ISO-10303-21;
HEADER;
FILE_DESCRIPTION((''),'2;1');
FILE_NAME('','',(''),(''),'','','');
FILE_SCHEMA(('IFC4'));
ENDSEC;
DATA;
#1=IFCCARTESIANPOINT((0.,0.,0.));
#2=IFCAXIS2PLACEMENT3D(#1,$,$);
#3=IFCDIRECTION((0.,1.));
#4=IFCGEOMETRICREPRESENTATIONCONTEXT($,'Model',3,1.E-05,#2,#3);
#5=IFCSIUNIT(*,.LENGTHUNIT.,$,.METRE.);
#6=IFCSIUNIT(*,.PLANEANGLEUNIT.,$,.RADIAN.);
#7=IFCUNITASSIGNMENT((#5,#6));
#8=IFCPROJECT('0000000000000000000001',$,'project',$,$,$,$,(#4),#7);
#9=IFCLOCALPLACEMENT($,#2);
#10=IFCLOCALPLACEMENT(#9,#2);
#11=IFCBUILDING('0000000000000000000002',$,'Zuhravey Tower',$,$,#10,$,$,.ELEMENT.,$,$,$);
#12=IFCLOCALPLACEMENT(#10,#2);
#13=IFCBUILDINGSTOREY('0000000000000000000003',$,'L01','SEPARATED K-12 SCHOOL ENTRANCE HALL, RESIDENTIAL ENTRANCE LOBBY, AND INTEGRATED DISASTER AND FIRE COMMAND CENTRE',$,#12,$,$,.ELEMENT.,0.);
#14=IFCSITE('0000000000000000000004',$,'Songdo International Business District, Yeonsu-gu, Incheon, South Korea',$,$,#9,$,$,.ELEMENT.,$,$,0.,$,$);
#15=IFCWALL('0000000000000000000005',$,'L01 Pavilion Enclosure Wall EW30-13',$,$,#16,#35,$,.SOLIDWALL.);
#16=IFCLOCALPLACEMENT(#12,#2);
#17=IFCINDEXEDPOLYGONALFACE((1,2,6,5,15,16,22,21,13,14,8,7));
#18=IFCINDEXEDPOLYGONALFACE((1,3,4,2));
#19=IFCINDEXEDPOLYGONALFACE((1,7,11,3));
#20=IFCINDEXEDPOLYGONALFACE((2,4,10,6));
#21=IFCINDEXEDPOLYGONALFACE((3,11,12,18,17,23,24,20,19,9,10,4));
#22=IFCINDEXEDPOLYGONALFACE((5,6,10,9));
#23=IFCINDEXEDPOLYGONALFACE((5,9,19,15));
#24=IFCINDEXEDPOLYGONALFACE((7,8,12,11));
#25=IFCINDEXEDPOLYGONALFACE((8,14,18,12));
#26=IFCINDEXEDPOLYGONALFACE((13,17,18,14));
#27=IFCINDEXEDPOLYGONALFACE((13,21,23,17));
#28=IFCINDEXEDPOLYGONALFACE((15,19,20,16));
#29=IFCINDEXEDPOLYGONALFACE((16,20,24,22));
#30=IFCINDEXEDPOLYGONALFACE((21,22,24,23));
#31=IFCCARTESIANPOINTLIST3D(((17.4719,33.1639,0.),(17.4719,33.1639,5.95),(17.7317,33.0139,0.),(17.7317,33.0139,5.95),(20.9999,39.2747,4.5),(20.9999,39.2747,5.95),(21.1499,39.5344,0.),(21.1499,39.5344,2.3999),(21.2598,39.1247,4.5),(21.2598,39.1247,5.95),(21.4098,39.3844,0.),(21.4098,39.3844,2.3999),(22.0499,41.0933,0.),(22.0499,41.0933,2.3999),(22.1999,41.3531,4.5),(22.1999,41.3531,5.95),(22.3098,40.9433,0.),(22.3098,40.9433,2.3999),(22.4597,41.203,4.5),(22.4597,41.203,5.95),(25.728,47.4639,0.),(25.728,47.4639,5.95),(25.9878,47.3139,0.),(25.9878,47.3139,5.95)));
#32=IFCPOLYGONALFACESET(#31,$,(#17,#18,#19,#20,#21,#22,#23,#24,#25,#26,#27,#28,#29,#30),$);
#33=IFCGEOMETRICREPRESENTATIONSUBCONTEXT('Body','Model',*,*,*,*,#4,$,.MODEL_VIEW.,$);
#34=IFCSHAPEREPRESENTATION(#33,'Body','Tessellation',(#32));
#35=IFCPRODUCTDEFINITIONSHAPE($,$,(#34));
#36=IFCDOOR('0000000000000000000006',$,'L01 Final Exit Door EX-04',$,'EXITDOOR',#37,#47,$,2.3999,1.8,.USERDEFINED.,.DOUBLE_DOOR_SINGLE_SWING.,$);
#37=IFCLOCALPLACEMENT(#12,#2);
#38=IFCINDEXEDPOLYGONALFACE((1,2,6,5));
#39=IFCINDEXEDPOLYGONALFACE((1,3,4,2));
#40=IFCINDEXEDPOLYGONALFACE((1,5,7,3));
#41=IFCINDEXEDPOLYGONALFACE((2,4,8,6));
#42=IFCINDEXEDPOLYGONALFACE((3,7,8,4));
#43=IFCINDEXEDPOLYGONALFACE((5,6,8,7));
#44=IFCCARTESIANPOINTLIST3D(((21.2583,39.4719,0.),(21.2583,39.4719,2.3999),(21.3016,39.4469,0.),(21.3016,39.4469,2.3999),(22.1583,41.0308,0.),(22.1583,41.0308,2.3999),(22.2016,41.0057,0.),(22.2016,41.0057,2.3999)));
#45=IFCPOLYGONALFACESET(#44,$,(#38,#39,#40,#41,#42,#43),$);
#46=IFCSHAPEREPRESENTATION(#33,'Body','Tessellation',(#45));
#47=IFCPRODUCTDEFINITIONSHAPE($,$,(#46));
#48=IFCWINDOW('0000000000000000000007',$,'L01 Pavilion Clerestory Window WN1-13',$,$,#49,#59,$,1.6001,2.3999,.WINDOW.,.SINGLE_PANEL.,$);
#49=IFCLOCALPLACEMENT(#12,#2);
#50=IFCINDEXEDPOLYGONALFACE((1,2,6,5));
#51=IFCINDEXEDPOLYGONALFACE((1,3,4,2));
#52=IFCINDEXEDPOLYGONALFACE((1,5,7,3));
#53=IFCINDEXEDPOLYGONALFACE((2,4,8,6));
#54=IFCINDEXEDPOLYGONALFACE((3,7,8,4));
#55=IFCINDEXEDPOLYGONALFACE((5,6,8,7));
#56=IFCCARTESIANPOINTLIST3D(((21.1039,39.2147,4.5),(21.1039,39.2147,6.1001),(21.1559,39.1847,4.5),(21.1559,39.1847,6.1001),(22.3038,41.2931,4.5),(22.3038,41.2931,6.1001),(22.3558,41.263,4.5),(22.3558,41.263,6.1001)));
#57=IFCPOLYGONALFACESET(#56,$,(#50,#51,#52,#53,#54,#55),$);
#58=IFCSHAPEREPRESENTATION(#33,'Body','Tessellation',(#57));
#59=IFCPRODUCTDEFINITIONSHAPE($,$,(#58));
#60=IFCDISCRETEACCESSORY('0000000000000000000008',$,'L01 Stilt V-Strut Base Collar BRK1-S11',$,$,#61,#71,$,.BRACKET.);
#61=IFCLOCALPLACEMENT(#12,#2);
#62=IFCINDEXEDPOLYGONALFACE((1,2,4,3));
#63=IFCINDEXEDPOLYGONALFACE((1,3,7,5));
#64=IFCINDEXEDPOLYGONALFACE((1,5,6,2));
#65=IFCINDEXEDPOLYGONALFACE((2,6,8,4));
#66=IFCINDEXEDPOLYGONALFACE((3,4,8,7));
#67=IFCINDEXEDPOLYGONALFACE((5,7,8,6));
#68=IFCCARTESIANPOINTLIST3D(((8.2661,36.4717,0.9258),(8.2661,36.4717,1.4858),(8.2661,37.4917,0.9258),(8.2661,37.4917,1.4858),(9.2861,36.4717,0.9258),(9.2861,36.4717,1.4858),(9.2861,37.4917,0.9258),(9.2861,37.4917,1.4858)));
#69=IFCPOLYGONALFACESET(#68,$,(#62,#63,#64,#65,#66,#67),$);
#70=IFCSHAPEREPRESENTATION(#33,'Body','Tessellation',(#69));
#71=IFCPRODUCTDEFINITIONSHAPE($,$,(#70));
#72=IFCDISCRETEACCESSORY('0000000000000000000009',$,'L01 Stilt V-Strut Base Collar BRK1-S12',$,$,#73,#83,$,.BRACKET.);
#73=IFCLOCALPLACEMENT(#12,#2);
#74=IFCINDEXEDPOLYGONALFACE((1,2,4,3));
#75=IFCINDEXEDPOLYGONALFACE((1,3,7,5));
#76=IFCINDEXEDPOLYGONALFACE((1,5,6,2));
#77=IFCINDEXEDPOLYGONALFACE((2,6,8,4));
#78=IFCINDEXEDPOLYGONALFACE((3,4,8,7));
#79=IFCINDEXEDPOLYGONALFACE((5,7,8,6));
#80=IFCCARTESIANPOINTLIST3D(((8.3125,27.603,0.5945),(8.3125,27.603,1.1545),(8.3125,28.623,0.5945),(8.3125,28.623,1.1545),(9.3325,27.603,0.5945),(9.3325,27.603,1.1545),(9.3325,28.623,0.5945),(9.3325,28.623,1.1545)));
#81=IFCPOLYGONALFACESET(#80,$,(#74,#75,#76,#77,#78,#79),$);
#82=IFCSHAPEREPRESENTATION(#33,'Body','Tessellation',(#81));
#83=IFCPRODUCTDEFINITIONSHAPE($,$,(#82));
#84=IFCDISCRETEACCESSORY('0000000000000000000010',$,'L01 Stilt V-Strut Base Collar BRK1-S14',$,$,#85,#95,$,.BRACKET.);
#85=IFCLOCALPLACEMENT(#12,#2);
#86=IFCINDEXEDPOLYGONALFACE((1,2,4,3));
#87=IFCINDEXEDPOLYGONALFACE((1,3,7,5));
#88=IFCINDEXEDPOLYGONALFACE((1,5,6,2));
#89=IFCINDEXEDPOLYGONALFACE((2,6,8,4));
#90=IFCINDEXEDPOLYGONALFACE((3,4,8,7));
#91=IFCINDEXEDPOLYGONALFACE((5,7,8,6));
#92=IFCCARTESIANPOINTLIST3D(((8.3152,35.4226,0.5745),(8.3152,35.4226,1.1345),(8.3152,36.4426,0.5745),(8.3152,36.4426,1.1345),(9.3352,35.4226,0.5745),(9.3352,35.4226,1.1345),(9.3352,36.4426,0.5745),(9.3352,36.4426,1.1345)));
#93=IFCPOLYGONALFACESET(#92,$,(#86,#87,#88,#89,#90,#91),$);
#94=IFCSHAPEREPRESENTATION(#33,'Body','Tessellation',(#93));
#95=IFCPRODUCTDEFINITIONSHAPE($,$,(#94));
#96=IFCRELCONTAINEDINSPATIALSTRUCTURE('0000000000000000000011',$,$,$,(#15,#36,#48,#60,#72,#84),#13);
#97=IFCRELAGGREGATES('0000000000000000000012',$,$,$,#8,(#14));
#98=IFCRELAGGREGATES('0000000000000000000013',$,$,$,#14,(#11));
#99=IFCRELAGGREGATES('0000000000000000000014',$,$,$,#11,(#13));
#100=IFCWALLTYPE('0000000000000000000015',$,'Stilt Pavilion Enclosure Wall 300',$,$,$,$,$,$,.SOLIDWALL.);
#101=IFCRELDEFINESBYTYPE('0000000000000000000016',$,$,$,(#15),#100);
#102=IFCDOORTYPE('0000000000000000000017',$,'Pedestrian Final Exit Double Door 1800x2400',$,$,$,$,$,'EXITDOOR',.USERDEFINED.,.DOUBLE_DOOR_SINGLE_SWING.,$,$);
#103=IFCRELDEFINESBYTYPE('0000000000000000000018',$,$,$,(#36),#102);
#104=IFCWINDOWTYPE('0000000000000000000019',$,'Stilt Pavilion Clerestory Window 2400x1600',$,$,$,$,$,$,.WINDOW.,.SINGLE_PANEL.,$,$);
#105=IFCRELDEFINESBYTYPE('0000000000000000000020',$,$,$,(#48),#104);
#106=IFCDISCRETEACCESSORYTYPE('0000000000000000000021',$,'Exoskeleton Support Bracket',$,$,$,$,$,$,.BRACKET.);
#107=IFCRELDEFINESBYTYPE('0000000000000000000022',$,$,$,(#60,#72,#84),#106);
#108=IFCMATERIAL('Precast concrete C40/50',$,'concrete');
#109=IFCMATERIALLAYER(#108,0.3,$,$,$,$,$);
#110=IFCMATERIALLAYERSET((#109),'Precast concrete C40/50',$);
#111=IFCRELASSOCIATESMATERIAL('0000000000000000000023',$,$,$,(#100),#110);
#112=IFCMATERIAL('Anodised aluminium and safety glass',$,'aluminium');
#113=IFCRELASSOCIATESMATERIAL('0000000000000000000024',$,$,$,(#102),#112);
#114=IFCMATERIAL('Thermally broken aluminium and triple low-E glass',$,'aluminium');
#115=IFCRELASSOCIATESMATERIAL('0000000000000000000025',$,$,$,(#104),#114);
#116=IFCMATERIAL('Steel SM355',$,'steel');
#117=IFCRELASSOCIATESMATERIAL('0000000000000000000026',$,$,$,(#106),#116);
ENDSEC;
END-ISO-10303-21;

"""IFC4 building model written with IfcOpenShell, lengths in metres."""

from ifc_helpers import new_model, si_unit, direction, frame, frame_2d, origin, origin_2d, place, context, subcontext, project, spatial, rectangle, extrude, material, layer, layer_set, type_object, element, fill, save


model = new_model("IFC4")

# Units and contexts
model_context = context("Model", 3, precision=1e-05, world=origin(), true_north=direction((0.0, 1.0)))
body_context = subcontext(model_context, "Body", "Model", "MODEL_VIEW")
ifc_project = project(units=[si_unit("LENGTHUNIT", "METRE"), si_unit("PLANEANGLEUNIT", "RADIAN")], contexts=[model_context])

# Site, building, storey
site_placement = place(None, origin())
site = spatial("IfcSite", under=ifc_project, at=site_placement, Name="Songdo International Business District, Yeonsu-gu, Incheon, South Korea", CompositionType="ELEMENT", RefElevation=0.0)
building_placement = place(site_placement, origin())
building = spatial("IfcBuilding", under=site, at=building_placement, Name="Zuhravey Tower", CompositionType="ELEMENT")
storey_placement = place(building_placement, origin())
storey = spatial("IfcBuildingStorey", under=building, at=storey_placement, Name="L01", Description="SEPARATED K-12 SCHOOL ENTRANCE HALL, RESIDENTIAL ENTRANCE LOBBY, AND INTEGRATED DISASTER AND FIRE COMMAND CENTRE", CompositionType="ELEMENT", Elevation=0.0)

# Shared definitions
ifc_material_1 = material(Name="Precast concrete C40/50", Category="concrete")
ifc_layer_1 = layer(ifc_material_1, 0.3)
ifc_layer_set_1 = layer_set([ifc_layer_1], Name="Precast concrete C40/50")
wall_type_1 = type_object("IfcWallType", Name="Stilt Pavilion Enclosure Wall 300", PredefinedType="SOLIDWALL", material=ifc_layer_set_1)

# Wall, openings, door, window
wall_1_placement = place(storey_placement, frame((17.6018, 33.0889, 0.0), z_axis=(0.0, 0.0, 1.0), x_axis=(0.499998, 0.866026, 0.0)))
wall_1 = element("IfcWall", 1, at=wall_1_placement, inside=storey, type_object=wall_type_1, Name="L01 Pavilion Enclosure Wall EW30-13", PredefinedType="SOLIDWALL", context=body_context, shape_type="SweptSolid", body=[
    extrude(rectangle(XDim=16.5122, YDim=0.3, at=frame_2d((8.2561, 0.0))), origin(), (0.0, 0.0, 1.0), 5.95),
])
opening_1_placement = place(wall_1_placement, frame((7.3562, 0.0, 0.0)))
opening_1 = element("IfcOpeningElement", 2, at=opening_1_placement, cuts=wall_1, PredefinedType="OPENING", context=body_context, shape_type="SweptSolid", body=[
    extrude(rectangle(XDim=1.8, YDim=2.3999, at=frame_2d((0.8999, 1.2))), frame((0.0, 0.1621, 0.0), z_axis=(0.0, -1.0, 0.0), x_axis=(1.0, 0.0, 0.0)), (0.0, 0.0, 1.0), 0.324),
])
opening_2_placement = place(wall_1_placement, frame((7.0562, 0.0, 4.5)))
opening_2 = element("IfcOpeningElement", 3, at=opening_2_placement, cuts=wall_1, PredefinedType="OPENING", context=body_context, shape_type="SweptSolid", body=[
    extrude(rectangle(XDim=2.3999, YDim=1.6001, at=frame_2d((1.2, 0.8))), frame((0.0, 0.1621, 0.0), z_axis=(0.0, -1.0, 0.0), x_axis=(1.0, 0.0, 0.0)), (0.0, 0.0, 1.0), 0.324),
])
ifc_material_2 = material(Name="Anodised aluminium and safety glass", Category="aluminium")
door_type_1 = type_object("IfcDoorType", Name="Pedestrian Final Exit Double Door 1800x2400", ElementType="EXITDOOR", OperationType="DOUBLE_DOOR_SINGLE_SWING", PredefinedType="USERDEFINED", material=ifc_material_2)
door_1_placement = place(opening_1_placement, origin())
door_1 = element("IfcDoor", 4, at=door_1_placement, inside=storey, type_object=door_type_1, Name="L01 Final Exit Door EX-04", ObjectType="EXITDOOR", OperationType="DOUBLE_DOOR_SINGLE_SWING", OverallHeight=2.3999, OverallWidth=1.8, PredefinedType="USERDEFINED", context=body_context, shape_type="SweptSolid", body=[
    extrude(rectangle(XDim=1.8, YDim=2.3999, at=frame_2d((0.8999, 1.2))), frame((0.0, 0.0249, 0.0), z_axis=(0.0, -1.0, 0.0), x_axis=(1.0, 0.0, 0.0)), (0.0, 0.0, 1.0), 0.05),
])
fill(opening_1, door_1)
ifc_material_3 = material(Name="Thermally broken aluminium and triple low-E glass", Category="aluminium")
window_type = type_object("IfcWindowType", Name="Stilt Pavilion Clerestory Window 2400x1600", PartitioningType="SINGLE_PANEL", PredefinedType="WINDOW", material=ifc_material_3)
window_placement = place(opening_2_placement, origin())
window = element("IfcWindow", 5, at=window_placement, inside=storey, type_object=window_type, Name="L01 Pavilion Clerestory Window WN1-13", OverallHeight=1.6001, OverallWidth=2.3999, PartitioningType="SINGLE_PANEL", PredefinedType="WINDOW", context=body_context, shape_type="SweptSolid", body=[
    extrude(rectangle(XDim=2.3999, YDim=1.6001, at=frame_2d((1.2, 0.8))), frame((0.0, 0.03, 0.0), z_axis=(0.0, -1.0, 0.0), x_axis=(1.0, 0.0, 0.0)), (0.0, 0.0, 1.0), 0.0601),
])
fill(opening_2, window)

# Discrete accessories
ifc_material_4 = material(Name="Steel SM355", Category="steel")
discrete_accessory_type = type_object("IfcDiscreteAccessoryType", Name="Exoskeleton Support Bracket", PredefinedType="BRACKET", material=ifc_material_4)
for number, where, z_axis, x_axis, name in (
    (6, (8.7761, 36.9817, 0.9258), (0.0, 0.0, 1.0), (1.0, 0.0, 0.0), "L01 Stilt V-Strut Base Collar BRK1-S11"),
    (7, (8.8225, 28.113, 0.5945), (0.0, 0.0, 1.0), (1.0, 0.0, 0.0), "L01 Stilt V-Strut Base Collar BRK1-S12"),
    (8, (8.8252, 35.9326, 0.5745), (0.0, 0.0, 1.0), (1.0, 0.0, 0.0), "L01 Stilt V-Strut Base Collar BRK1-S14"),
):
    element("IfcDiscreteAccessory", number, at=place(storey_placement, frame(where, z_axis=z_axis, x_axis=x_axis)), inside=storey, type_object=discrete_accessory_type, Name=name, PredefinedType="BRACKET", context=body_context, shape_type="SweptSolid", body=[
        extrude(rectangle(XDim=1.02, YDim=1.02, at=origin_2d()), origin(), (0.0, 0.0, 1.0), 0.5601),
    ])

save(model, "model.ifc")
